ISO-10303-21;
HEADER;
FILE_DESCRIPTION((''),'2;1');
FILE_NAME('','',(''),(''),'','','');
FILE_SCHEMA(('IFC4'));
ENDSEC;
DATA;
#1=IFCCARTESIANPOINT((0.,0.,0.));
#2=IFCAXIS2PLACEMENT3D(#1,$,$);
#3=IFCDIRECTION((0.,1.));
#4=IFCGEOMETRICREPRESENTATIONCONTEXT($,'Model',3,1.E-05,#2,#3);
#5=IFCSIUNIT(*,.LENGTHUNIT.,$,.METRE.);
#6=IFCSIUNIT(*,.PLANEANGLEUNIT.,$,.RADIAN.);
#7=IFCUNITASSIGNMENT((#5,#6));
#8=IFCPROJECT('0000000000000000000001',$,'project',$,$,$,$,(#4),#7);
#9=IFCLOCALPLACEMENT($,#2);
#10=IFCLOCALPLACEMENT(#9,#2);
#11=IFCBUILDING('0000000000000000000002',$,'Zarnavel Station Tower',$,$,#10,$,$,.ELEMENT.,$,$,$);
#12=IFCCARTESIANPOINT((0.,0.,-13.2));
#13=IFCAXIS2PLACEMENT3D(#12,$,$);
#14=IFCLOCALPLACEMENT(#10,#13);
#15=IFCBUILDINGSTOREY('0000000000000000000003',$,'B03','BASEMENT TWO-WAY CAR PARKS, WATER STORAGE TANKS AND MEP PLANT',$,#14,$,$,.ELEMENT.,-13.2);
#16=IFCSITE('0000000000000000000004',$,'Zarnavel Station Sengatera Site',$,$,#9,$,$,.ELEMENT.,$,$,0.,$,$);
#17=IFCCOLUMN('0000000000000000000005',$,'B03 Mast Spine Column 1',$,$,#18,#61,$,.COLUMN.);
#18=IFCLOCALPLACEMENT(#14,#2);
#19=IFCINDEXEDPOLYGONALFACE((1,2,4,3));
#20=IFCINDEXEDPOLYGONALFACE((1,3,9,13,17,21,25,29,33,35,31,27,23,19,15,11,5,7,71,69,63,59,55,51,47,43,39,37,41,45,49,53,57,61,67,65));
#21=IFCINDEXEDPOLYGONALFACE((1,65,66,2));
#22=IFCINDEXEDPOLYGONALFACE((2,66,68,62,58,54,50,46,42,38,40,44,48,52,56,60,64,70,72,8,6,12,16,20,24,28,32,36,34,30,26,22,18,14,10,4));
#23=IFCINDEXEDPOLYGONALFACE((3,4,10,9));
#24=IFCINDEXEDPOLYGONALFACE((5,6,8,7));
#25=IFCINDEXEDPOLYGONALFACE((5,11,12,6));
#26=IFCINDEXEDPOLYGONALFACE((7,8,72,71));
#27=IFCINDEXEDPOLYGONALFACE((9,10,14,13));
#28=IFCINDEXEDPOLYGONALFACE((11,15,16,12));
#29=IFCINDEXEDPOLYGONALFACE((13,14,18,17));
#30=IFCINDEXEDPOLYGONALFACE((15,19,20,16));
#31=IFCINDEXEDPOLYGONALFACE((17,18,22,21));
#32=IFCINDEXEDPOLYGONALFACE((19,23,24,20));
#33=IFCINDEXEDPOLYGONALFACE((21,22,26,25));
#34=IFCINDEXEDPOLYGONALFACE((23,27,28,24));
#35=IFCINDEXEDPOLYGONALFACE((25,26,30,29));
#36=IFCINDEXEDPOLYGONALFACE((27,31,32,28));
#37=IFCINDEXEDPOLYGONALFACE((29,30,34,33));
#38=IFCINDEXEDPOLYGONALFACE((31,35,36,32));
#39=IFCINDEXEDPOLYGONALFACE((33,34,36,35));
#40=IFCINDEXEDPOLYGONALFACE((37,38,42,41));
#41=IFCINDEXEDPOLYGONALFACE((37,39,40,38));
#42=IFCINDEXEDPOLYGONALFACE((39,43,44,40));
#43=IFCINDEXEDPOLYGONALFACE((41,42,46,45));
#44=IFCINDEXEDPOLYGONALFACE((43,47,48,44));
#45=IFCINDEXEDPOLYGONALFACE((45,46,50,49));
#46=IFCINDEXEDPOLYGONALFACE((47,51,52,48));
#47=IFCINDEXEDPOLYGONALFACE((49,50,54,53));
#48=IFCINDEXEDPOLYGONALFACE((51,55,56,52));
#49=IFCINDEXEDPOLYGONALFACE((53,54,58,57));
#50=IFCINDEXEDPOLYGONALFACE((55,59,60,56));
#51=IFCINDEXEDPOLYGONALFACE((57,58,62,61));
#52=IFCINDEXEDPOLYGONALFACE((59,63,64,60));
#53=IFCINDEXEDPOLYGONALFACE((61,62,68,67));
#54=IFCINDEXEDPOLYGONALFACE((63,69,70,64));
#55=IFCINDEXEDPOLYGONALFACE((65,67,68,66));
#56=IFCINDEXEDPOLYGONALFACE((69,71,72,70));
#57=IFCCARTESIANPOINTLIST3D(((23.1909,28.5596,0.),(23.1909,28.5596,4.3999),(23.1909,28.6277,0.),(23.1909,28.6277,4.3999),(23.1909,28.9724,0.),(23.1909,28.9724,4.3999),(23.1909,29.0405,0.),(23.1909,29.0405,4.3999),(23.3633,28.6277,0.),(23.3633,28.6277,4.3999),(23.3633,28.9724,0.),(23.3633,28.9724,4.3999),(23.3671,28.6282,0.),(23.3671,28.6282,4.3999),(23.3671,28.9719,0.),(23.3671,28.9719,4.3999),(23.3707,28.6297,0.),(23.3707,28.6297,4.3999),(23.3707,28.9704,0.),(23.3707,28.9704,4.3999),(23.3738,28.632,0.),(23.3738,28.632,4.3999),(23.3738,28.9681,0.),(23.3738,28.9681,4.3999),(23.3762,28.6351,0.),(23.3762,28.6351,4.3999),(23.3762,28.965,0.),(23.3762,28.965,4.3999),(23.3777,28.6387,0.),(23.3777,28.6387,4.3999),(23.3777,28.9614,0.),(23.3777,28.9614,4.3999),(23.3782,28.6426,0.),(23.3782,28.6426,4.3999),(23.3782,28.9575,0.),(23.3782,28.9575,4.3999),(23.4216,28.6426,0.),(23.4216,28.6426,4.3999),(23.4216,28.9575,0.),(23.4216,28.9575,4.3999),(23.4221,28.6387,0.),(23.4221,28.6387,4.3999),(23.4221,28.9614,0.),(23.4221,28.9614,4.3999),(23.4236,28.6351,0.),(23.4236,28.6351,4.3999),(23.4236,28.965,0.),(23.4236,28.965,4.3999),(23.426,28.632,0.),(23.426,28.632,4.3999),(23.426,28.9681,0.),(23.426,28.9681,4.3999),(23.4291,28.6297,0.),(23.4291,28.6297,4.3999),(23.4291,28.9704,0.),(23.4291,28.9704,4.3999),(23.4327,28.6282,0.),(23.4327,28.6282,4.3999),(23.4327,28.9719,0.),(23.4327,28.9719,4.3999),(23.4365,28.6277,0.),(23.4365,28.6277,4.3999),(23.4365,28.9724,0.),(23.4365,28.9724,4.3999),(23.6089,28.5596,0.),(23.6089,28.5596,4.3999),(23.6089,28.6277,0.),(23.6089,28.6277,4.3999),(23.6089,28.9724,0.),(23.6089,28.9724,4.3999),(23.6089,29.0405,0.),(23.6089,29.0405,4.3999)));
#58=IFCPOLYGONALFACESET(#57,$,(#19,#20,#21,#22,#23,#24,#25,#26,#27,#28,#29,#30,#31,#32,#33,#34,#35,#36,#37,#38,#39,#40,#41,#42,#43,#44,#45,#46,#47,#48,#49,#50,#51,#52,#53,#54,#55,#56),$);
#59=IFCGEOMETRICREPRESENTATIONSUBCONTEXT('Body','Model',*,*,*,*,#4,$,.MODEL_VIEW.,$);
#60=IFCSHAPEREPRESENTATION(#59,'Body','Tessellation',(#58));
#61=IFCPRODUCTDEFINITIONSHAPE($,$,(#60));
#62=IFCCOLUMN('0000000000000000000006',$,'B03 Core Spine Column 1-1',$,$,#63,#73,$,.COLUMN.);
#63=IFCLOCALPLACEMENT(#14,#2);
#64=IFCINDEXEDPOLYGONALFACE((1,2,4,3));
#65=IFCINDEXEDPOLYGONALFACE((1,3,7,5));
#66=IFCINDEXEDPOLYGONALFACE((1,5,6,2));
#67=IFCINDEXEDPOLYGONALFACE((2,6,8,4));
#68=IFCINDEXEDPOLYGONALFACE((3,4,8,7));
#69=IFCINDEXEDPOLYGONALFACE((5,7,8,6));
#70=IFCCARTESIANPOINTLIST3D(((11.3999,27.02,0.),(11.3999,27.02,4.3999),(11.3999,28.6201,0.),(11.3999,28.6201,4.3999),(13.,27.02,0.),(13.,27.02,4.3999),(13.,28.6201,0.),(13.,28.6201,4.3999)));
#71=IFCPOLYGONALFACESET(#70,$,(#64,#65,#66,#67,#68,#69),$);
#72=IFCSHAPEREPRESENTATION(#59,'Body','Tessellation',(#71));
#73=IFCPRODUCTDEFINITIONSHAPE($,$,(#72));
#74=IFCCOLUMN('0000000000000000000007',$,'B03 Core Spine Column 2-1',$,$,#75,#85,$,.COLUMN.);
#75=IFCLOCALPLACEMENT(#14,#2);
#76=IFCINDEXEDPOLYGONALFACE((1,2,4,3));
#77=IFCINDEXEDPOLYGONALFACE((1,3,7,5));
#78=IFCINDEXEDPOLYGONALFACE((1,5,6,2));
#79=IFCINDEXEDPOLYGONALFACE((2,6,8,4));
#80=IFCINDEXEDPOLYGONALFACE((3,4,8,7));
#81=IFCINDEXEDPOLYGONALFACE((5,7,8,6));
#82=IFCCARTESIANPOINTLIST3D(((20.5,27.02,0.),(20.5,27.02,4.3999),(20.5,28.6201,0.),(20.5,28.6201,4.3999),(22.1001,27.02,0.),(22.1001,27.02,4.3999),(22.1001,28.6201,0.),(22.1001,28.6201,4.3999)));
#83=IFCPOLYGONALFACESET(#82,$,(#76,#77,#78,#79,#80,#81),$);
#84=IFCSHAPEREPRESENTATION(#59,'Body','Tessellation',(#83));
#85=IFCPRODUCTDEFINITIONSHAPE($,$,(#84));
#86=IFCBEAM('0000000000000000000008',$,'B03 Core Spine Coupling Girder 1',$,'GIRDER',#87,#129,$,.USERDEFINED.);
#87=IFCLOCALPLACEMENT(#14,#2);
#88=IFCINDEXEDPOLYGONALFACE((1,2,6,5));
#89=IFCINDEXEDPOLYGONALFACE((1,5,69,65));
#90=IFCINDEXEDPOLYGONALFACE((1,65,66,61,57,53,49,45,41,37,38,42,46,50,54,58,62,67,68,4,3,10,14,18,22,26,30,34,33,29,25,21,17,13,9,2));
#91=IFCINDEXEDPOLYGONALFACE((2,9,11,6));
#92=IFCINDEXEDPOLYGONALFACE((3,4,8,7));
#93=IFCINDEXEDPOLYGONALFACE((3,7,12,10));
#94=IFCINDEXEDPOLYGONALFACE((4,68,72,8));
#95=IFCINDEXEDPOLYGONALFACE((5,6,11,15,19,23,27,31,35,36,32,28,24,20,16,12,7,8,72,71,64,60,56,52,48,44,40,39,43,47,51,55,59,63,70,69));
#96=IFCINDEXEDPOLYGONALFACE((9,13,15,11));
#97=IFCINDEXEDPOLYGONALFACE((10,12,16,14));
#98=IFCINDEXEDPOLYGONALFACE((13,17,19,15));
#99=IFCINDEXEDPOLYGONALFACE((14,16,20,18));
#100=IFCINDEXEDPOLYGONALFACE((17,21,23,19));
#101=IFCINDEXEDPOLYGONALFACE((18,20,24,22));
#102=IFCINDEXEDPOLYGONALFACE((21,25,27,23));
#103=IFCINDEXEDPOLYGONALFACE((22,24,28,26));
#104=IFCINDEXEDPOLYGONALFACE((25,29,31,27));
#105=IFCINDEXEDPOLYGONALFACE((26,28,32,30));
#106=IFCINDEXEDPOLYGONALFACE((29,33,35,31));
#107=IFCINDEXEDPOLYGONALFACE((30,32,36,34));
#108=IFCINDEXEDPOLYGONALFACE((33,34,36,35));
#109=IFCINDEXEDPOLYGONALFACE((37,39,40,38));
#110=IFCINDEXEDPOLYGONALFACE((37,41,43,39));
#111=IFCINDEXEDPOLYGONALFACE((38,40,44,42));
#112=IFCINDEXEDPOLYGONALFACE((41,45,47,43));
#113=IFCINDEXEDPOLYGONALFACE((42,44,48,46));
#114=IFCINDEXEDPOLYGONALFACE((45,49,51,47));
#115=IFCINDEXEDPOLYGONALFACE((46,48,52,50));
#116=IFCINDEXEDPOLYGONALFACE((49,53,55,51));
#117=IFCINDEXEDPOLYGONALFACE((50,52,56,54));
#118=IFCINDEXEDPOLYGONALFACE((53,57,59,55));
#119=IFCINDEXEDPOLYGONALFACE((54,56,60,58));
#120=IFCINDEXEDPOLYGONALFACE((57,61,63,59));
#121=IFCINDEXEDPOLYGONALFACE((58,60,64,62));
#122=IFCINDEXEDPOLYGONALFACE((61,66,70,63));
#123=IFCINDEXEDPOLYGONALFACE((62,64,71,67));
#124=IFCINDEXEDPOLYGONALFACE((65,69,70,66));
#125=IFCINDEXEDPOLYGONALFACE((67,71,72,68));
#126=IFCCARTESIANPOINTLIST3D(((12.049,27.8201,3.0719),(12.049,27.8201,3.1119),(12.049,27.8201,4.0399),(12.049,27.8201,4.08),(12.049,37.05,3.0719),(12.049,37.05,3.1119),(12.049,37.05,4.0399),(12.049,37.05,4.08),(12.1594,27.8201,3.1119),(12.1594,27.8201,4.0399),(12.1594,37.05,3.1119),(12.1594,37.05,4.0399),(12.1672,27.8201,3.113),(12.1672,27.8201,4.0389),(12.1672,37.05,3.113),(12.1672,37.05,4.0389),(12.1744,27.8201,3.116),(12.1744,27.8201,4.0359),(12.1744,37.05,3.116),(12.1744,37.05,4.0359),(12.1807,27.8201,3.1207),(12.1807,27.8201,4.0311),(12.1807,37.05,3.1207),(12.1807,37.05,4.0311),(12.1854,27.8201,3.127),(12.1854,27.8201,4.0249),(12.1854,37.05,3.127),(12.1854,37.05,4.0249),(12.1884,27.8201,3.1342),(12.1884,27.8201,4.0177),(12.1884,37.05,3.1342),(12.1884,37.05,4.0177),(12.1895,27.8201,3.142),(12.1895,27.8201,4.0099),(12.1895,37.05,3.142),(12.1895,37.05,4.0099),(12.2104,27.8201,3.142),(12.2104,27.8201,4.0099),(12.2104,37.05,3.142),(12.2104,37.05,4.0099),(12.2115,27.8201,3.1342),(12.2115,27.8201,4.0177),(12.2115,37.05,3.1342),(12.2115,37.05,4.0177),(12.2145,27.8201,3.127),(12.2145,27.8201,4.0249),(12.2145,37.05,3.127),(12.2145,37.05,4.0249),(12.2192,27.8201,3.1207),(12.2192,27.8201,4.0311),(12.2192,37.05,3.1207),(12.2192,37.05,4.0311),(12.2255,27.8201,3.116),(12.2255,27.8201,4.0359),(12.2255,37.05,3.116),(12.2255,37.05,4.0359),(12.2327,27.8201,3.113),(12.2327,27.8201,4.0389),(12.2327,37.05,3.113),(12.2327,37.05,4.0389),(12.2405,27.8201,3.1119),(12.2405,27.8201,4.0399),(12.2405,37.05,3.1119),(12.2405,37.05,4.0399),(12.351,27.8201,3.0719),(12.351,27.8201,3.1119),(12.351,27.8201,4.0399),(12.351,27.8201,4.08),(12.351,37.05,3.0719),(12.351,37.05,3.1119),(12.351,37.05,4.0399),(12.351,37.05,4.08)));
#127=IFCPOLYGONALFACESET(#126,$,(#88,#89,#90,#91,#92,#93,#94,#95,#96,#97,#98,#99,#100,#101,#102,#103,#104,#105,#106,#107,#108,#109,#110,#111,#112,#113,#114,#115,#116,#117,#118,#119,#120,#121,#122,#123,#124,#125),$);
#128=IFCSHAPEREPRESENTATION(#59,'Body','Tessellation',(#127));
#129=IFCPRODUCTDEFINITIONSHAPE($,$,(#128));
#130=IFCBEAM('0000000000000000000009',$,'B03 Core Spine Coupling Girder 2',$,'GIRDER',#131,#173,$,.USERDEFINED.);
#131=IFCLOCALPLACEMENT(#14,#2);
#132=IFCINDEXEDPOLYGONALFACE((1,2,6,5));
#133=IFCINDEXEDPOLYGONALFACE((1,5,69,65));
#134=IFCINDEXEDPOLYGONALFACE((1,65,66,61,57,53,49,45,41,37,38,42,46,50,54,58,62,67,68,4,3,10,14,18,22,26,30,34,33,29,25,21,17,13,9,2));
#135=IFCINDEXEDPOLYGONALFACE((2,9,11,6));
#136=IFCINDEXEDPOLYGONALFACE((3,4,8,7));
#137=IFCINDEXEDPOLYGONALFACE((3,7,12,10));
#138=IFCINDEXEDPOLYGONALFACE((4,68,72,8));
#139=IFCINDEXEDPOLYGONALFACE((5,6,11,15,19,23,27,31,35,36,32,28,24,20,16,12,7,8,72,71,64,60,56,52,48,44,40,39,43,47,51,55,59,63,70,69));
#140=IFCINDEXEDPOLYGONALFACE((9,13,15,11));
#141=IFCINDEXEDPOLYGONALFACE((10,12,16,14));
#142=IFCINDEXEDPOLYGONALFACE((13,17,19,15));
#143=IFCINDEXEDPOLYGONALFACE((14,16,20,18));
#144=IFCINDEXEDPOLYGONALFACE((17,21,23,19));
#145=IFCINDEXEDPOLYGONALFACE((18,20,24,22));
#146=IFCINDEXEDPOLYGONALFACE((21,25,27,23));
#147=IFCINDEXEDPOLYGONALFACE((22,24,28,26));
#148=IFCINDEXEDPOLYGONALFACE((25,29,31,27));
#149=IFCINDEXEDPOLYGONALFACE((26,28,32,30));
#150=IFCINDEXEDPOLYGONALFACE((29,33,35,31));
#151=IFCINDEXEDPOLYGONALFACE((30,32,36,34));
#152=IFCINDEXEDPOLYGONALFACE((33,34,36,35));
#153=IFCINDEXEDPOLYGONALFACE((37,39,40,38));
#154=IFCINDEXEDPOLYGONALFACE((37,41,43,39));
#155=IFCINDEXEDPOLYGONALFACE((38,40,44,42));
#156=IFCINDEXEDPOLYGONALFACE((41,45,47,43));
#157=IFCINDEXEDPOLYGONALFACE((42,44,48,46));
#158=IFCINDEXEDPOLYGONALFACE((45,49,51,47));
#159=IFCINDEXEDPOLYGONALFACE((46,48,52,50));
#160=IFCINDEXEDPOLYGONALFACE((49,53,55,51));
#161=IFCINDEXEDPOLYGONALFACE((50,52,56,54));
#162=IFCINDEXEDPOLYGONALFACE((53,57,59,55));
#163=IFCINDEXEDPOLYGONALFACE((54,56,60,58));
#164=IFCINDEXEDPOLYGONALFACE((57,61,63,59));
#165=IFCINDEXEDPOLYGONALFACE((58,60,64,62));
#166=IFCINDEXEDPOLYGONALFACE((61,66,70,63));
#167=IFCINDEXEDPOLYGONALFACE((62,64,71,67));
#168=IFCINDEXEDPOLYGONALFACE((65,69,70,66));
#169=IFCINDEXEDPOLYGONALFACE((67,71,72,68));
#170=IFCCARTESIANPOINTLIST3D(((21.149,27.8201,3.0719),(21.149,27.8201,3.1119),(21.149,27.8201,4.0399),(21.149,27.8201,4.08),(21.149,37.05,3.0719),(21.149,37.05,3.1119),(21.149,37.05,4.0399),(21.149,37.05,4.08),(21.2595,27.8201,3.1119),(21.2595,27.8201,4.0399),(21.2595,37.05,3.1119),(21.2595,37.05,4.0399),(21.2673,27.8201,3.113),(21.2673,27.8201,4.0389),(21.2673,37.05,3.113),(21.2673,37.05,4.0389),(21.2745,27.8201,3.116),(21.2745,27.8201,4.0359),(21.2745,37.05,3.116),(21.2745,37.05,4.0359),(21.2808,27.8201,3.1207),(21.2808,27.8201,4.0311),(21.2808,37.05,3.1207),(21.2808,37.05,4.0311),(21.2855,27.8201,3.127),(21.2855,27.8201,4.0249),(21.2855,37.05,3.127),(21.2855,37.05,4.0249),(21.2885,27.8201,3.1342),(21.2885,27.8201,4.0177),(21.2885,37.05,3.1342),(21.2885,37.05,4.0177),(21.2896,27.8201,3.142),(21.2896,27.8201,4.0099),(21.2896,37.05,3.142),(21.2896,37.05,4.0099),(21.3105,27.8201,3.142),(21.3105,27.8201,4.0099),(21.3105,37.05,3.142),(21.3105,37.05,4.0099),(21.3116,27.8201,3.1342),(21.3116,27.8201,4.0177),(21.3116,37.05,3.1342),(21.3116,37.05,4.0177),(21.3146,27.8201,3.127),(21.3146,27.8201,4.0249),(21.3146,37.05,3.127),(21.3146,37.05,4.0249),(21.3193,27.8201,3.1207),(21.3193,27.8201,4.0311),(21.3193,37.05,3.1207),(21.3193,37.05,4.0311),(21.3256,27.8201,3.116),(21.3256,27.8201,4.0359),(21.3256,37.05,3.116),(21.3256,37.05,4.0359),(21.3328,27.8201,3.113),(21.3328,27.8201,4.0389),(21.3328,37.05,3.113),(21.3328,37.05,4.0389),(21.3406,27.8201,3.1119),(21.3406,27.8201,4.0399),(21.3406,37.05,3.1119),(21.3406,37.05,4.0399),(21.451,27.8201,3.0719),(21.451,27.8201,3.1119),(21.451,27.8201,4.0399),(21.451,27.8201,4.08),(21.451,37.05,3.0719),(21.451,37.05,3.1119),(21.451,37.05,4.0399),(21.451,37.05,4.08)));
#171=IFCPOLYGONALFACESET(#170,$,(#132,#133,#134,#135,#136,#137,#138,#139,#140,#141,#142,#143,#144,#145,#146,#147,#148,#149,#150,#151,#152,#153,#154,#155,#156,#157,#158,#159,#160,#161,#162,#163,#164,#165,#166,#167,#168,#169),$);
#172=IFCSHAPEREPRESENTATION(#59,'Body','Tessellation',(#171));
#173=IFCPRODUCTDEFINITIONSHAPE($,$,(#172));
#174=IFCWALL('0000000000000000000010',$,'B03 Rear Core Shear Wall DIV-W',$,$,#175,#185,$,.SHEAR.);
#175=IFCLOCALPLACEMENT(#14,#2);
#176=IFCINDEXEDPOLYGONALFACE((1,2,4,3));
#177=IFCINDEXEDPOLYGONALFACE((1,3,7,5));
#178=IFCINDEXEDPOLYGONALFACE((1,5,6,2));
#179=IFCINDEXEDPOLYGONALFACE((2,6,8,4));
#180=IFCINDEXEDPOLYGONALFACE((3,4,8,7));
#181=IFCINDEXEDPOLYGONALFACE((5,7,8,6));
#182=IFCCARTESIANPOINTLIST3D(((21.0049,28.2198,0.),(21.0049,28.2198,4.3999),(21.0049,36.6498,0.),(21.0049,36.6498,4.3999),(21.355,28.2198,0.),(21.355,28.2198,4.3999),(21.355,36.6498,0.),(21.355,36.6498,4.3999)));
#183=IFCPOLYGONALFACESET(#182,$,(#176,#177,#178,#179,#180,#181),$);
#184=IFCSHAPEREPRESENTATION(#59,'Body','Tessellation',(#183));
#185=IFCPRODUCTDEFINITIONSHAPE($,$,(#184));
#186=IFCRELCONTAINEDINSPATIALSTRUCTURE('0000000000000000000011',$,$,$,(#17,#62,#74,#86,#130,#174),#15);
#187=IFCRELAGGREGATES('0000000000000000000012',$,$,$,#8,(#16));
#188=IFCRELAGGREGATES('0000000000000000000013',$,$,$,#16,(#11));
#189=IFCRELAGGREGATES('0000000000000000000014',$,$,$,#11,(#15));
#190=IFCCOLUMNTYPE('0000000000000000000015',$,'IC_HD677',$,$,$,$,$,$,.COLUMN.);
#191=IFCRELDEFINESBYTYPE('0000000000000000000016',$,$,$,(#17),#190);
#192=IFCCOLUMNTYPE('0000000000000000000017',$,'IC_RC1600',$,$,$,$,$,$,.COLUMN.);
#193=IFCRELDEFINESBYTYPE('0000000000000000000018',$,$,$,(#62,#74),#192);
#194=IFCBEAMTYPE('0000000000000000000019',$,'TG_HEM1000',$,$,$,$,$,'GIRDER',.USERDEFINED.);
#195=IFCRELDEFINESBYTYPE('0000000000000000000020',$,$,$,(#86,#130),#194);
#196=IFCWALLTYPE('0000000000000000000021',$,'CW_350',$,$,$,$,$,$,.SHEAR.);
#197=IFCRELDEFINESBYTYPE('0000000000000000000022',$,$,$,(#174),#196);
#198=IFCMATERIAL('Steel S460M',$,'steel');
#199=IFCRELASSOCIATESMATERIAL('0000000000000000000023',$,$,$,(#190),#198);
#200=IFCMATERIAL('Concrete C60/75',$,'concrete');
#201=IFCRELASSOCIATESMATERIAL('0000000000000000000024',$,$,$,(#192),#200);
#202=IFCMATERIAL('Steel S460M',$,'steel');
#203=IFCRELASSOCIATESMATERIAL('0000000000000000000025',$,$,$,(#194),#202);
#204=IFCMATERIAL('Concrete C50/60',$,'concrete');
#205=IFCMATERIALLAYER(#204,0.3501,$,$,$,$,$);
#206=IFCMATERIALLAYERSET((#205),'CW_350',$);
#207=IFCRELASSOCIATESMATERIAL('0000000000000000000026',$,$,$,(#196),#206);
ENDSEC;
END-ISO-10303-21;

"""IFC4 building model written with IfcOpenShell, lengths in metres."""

from ifc_helpers import new_model, si_unit, direction, frame, frame_2d, origin, origin_2d, place, context, subcontext, project, spatial, rectangle, i_section, extrude, material, layer, layer_set, material_profile, profile_set, type_object, element, save


model = new_model("IFC4")

# Units and contexts
model_context = context("Model", 3, precision=1e-05, world=origin(), true_north=direction((0.0, 1.0)))
body_context = subcontext(model_context, "Body", "Model", "MODEL_VIEW")
ifc_project = project(units=[si_unit("LENGTHUNIT", "METRE"), si_unit("PLANEANGLEUNIT", "RADIAN")], contexts=[model_context])

# Site, building, storey
site_placement = place(None, origin())
site = spatial("IfcSite", under=ifc_project, at=site_placement, Name="Zarnavel Station Sengatera Site", CompositionType="ELEMENT", RefElevation=0.0)
building_placement = place(site_placement, origin())
building = spatial("IfcBuilding", under=site, at=building_placement, Name="Zarnavel Station Tower", CompositionType="ELEMENT")
storey_placement = place(building_placement, frame((0.0, 0.0, -13.2)))
storey = spatial("IfcBuildingStorey", under=building, at=storey_placement, Name="B03", Description="BASEMENT TWO-WAY CAR PARKS, WATER STORAGE TANKS AND MEP PLANT", CompositionType="ELEMENT", Elevation=-13.2)

# Columns
ifc_material_1 = material(Name="Steel S460M", Category="steel")
ifc_material_profile_1 = material_profile(ifc_material_1, i_section(OverallWidth=0.418, OverallDepth=0.481, WebThickness=0.0435, FlangeThickness=0.0681, FilletRadius=0.0149, at=origin_2d()), Name="HD400x677")
ifc_profile_set_1 = profile_set([ifc_material_profile_1], Name="Steel S460M")
column_type_1 = type_object("IfcColumnType", Name="IC_HD677", PredefinedType="COLUMN", material=ifc_profile_set_1)
column_placement = place(storey_placement, frame((23.3999, 28.8, 0.0), z_axis=(0.0, 0.0, 1.0), x_axis=(1.0, 0.0, 0.0)))
element("IfcColumn", 1, at=column_placement, inside=storey, type_object=column_type_1, Name="B03 Mast Spine Column 1", PredefinedType="COLUMN", context=body_context, shape_type="SweptSolid", body=[
    extrude(i_section(OverallWidth=0.418, OverallDepth=0.481, WebThickness=0.0435, FlangeThickness=0.0681, FilletRadius=0.0149, at=origin_2d()), origin(), (0.0, 0.0, 1.0), 4.3999),
])
ifc_material_2 = material(Name="Concrete C60/75", Category="concrete")
ifc_material_profile_2 = material_profile(ifc_material_2, rectangle(XDim=1.6001, YDim=1.6001, at=origin_2d()), Name="RC1600x1600")
ifc_profile_set_2 = profile_set([ifc_material_profile_2], Name="Concrete C60/75")
column_type_2 = type_object("IfcColumnType", Name="IC_RC1600", PredefinedType="COLUMN", material=ifc_profile_set_2)
for number, where, z_axis, x_axis, name in (
    (2, (12.2, 27.8201, 0.0), (0.0, 0.0, 1.0), (1.0, 0.0, 0.0), "B03 Core Spine Column 1-1"),
    (3, (21.3, 27.8201, 0.0), (0.0, 0.0, 1.0), (1.0, 0.0, 0.0), "B03 Core Spine Column 2-1"),
):
    element("IfcColumn", number, at=place(storey_placement, frame(where, z_axis=z_axis, x_axis=x_axis)), inside=storey, type_object=column_type_2, Name=name, PredefinedType="COLUMN", context=body_context, shape_type="SweptSolid", body=[
        extrude(rectangle(XDim=1.6001, YDim=1.6001, at=origin_2d()), origin(), (0.0, 0.0, 1.0), 4.3999),
    ])

# Beams
ifc_material_3 = material(Name="Steel S460M", Category="steel")
ifc_material_profile_3 = material_profile(ifc_material_3, i_section(OverallWidth=0.302, OverallDepth=1.0081, WebThickness=0.021, FlangeThickness=0.04, FilletRadius=0.03, at=origin_2d()), Name="HEM1000")
ifc_profile_set_3 = profile_set([ifc_material_profile_3], Name="Steel S460M")
beam_type = type_object("IfcBeamType", Name="TG_HEM1000", ElementType="GIRDER", PredefinedType="USERDEFINED", material=ifc_profile_set_3)
for number, where, z_axis, x_axis, name in (
    (4, (12.2, 27.8201, 3.5759), (0.0, 1.0, 0.0), (-1.0, 0.0, 0.0), "B03 Core Spine Coupling Girder 1"),
    (5, (21.3, 27.8201, 3.5759), (0.0, 1.0, 0.0), (-1.0, 0.0, 0.0), "B03 Core Spine Coupling Girder 2"),
):
    element("IfcBeam", number, at=place(storey_placement, frame(where, z_axis=z_axis, x_axis=x_axis)), inside=storey, type_object=beam_type, Name=name, ObjectType="GIRDER", PredefinedType="USERDEFINED", context=body_context, shape_type="SweptSolid", body=[
        extrude(i_section(OverallWidth=0.302, OverallDepth=1.0081, WebThickness=0.021, FlangeThickness=0.04, FilletRadius=0.03, at=origin_2d()), origin(), (0.0, 0.0, 1.0), 9.23),
    ])

# Wall
ifc_material_4 = material(Name="Concrete C50/60", Category="concrete")
ifc_layer_1 = layer(ifc_material_4, 0.3501)
ifc_layer_set_1 = layer_set([ifc_layer_1], Name="CW_350")
wall_type_1 = type_object("IfcWallType", Name="CW_350", PredefinedType="SHEAR", material=ifc_layer_set_1)
wall_1_placement = place(storey_placement, frame((21.1799, 28.22, 0.0), z_axis=(0.0, 0.0, 1.0), x_axis=(0.0, 1.0, 0.0)))
element("IfcWall", 6, at=wall_1_placement, inside=storey, type_object=wall_type_1, Name="B03 Rear Core Shear Wall DIV-W", PredefinedType="SHEAR", context=body_context, shape_type="SweptSolid", body=[
    extrude(rectangle(XDim=8.4299, YDim=0.3501, at=frame_2d((4.2148, 0.0))), origin(), (0.0, 0.0, 1.0), 4.3999),
])

save(model, "model.ifc")
